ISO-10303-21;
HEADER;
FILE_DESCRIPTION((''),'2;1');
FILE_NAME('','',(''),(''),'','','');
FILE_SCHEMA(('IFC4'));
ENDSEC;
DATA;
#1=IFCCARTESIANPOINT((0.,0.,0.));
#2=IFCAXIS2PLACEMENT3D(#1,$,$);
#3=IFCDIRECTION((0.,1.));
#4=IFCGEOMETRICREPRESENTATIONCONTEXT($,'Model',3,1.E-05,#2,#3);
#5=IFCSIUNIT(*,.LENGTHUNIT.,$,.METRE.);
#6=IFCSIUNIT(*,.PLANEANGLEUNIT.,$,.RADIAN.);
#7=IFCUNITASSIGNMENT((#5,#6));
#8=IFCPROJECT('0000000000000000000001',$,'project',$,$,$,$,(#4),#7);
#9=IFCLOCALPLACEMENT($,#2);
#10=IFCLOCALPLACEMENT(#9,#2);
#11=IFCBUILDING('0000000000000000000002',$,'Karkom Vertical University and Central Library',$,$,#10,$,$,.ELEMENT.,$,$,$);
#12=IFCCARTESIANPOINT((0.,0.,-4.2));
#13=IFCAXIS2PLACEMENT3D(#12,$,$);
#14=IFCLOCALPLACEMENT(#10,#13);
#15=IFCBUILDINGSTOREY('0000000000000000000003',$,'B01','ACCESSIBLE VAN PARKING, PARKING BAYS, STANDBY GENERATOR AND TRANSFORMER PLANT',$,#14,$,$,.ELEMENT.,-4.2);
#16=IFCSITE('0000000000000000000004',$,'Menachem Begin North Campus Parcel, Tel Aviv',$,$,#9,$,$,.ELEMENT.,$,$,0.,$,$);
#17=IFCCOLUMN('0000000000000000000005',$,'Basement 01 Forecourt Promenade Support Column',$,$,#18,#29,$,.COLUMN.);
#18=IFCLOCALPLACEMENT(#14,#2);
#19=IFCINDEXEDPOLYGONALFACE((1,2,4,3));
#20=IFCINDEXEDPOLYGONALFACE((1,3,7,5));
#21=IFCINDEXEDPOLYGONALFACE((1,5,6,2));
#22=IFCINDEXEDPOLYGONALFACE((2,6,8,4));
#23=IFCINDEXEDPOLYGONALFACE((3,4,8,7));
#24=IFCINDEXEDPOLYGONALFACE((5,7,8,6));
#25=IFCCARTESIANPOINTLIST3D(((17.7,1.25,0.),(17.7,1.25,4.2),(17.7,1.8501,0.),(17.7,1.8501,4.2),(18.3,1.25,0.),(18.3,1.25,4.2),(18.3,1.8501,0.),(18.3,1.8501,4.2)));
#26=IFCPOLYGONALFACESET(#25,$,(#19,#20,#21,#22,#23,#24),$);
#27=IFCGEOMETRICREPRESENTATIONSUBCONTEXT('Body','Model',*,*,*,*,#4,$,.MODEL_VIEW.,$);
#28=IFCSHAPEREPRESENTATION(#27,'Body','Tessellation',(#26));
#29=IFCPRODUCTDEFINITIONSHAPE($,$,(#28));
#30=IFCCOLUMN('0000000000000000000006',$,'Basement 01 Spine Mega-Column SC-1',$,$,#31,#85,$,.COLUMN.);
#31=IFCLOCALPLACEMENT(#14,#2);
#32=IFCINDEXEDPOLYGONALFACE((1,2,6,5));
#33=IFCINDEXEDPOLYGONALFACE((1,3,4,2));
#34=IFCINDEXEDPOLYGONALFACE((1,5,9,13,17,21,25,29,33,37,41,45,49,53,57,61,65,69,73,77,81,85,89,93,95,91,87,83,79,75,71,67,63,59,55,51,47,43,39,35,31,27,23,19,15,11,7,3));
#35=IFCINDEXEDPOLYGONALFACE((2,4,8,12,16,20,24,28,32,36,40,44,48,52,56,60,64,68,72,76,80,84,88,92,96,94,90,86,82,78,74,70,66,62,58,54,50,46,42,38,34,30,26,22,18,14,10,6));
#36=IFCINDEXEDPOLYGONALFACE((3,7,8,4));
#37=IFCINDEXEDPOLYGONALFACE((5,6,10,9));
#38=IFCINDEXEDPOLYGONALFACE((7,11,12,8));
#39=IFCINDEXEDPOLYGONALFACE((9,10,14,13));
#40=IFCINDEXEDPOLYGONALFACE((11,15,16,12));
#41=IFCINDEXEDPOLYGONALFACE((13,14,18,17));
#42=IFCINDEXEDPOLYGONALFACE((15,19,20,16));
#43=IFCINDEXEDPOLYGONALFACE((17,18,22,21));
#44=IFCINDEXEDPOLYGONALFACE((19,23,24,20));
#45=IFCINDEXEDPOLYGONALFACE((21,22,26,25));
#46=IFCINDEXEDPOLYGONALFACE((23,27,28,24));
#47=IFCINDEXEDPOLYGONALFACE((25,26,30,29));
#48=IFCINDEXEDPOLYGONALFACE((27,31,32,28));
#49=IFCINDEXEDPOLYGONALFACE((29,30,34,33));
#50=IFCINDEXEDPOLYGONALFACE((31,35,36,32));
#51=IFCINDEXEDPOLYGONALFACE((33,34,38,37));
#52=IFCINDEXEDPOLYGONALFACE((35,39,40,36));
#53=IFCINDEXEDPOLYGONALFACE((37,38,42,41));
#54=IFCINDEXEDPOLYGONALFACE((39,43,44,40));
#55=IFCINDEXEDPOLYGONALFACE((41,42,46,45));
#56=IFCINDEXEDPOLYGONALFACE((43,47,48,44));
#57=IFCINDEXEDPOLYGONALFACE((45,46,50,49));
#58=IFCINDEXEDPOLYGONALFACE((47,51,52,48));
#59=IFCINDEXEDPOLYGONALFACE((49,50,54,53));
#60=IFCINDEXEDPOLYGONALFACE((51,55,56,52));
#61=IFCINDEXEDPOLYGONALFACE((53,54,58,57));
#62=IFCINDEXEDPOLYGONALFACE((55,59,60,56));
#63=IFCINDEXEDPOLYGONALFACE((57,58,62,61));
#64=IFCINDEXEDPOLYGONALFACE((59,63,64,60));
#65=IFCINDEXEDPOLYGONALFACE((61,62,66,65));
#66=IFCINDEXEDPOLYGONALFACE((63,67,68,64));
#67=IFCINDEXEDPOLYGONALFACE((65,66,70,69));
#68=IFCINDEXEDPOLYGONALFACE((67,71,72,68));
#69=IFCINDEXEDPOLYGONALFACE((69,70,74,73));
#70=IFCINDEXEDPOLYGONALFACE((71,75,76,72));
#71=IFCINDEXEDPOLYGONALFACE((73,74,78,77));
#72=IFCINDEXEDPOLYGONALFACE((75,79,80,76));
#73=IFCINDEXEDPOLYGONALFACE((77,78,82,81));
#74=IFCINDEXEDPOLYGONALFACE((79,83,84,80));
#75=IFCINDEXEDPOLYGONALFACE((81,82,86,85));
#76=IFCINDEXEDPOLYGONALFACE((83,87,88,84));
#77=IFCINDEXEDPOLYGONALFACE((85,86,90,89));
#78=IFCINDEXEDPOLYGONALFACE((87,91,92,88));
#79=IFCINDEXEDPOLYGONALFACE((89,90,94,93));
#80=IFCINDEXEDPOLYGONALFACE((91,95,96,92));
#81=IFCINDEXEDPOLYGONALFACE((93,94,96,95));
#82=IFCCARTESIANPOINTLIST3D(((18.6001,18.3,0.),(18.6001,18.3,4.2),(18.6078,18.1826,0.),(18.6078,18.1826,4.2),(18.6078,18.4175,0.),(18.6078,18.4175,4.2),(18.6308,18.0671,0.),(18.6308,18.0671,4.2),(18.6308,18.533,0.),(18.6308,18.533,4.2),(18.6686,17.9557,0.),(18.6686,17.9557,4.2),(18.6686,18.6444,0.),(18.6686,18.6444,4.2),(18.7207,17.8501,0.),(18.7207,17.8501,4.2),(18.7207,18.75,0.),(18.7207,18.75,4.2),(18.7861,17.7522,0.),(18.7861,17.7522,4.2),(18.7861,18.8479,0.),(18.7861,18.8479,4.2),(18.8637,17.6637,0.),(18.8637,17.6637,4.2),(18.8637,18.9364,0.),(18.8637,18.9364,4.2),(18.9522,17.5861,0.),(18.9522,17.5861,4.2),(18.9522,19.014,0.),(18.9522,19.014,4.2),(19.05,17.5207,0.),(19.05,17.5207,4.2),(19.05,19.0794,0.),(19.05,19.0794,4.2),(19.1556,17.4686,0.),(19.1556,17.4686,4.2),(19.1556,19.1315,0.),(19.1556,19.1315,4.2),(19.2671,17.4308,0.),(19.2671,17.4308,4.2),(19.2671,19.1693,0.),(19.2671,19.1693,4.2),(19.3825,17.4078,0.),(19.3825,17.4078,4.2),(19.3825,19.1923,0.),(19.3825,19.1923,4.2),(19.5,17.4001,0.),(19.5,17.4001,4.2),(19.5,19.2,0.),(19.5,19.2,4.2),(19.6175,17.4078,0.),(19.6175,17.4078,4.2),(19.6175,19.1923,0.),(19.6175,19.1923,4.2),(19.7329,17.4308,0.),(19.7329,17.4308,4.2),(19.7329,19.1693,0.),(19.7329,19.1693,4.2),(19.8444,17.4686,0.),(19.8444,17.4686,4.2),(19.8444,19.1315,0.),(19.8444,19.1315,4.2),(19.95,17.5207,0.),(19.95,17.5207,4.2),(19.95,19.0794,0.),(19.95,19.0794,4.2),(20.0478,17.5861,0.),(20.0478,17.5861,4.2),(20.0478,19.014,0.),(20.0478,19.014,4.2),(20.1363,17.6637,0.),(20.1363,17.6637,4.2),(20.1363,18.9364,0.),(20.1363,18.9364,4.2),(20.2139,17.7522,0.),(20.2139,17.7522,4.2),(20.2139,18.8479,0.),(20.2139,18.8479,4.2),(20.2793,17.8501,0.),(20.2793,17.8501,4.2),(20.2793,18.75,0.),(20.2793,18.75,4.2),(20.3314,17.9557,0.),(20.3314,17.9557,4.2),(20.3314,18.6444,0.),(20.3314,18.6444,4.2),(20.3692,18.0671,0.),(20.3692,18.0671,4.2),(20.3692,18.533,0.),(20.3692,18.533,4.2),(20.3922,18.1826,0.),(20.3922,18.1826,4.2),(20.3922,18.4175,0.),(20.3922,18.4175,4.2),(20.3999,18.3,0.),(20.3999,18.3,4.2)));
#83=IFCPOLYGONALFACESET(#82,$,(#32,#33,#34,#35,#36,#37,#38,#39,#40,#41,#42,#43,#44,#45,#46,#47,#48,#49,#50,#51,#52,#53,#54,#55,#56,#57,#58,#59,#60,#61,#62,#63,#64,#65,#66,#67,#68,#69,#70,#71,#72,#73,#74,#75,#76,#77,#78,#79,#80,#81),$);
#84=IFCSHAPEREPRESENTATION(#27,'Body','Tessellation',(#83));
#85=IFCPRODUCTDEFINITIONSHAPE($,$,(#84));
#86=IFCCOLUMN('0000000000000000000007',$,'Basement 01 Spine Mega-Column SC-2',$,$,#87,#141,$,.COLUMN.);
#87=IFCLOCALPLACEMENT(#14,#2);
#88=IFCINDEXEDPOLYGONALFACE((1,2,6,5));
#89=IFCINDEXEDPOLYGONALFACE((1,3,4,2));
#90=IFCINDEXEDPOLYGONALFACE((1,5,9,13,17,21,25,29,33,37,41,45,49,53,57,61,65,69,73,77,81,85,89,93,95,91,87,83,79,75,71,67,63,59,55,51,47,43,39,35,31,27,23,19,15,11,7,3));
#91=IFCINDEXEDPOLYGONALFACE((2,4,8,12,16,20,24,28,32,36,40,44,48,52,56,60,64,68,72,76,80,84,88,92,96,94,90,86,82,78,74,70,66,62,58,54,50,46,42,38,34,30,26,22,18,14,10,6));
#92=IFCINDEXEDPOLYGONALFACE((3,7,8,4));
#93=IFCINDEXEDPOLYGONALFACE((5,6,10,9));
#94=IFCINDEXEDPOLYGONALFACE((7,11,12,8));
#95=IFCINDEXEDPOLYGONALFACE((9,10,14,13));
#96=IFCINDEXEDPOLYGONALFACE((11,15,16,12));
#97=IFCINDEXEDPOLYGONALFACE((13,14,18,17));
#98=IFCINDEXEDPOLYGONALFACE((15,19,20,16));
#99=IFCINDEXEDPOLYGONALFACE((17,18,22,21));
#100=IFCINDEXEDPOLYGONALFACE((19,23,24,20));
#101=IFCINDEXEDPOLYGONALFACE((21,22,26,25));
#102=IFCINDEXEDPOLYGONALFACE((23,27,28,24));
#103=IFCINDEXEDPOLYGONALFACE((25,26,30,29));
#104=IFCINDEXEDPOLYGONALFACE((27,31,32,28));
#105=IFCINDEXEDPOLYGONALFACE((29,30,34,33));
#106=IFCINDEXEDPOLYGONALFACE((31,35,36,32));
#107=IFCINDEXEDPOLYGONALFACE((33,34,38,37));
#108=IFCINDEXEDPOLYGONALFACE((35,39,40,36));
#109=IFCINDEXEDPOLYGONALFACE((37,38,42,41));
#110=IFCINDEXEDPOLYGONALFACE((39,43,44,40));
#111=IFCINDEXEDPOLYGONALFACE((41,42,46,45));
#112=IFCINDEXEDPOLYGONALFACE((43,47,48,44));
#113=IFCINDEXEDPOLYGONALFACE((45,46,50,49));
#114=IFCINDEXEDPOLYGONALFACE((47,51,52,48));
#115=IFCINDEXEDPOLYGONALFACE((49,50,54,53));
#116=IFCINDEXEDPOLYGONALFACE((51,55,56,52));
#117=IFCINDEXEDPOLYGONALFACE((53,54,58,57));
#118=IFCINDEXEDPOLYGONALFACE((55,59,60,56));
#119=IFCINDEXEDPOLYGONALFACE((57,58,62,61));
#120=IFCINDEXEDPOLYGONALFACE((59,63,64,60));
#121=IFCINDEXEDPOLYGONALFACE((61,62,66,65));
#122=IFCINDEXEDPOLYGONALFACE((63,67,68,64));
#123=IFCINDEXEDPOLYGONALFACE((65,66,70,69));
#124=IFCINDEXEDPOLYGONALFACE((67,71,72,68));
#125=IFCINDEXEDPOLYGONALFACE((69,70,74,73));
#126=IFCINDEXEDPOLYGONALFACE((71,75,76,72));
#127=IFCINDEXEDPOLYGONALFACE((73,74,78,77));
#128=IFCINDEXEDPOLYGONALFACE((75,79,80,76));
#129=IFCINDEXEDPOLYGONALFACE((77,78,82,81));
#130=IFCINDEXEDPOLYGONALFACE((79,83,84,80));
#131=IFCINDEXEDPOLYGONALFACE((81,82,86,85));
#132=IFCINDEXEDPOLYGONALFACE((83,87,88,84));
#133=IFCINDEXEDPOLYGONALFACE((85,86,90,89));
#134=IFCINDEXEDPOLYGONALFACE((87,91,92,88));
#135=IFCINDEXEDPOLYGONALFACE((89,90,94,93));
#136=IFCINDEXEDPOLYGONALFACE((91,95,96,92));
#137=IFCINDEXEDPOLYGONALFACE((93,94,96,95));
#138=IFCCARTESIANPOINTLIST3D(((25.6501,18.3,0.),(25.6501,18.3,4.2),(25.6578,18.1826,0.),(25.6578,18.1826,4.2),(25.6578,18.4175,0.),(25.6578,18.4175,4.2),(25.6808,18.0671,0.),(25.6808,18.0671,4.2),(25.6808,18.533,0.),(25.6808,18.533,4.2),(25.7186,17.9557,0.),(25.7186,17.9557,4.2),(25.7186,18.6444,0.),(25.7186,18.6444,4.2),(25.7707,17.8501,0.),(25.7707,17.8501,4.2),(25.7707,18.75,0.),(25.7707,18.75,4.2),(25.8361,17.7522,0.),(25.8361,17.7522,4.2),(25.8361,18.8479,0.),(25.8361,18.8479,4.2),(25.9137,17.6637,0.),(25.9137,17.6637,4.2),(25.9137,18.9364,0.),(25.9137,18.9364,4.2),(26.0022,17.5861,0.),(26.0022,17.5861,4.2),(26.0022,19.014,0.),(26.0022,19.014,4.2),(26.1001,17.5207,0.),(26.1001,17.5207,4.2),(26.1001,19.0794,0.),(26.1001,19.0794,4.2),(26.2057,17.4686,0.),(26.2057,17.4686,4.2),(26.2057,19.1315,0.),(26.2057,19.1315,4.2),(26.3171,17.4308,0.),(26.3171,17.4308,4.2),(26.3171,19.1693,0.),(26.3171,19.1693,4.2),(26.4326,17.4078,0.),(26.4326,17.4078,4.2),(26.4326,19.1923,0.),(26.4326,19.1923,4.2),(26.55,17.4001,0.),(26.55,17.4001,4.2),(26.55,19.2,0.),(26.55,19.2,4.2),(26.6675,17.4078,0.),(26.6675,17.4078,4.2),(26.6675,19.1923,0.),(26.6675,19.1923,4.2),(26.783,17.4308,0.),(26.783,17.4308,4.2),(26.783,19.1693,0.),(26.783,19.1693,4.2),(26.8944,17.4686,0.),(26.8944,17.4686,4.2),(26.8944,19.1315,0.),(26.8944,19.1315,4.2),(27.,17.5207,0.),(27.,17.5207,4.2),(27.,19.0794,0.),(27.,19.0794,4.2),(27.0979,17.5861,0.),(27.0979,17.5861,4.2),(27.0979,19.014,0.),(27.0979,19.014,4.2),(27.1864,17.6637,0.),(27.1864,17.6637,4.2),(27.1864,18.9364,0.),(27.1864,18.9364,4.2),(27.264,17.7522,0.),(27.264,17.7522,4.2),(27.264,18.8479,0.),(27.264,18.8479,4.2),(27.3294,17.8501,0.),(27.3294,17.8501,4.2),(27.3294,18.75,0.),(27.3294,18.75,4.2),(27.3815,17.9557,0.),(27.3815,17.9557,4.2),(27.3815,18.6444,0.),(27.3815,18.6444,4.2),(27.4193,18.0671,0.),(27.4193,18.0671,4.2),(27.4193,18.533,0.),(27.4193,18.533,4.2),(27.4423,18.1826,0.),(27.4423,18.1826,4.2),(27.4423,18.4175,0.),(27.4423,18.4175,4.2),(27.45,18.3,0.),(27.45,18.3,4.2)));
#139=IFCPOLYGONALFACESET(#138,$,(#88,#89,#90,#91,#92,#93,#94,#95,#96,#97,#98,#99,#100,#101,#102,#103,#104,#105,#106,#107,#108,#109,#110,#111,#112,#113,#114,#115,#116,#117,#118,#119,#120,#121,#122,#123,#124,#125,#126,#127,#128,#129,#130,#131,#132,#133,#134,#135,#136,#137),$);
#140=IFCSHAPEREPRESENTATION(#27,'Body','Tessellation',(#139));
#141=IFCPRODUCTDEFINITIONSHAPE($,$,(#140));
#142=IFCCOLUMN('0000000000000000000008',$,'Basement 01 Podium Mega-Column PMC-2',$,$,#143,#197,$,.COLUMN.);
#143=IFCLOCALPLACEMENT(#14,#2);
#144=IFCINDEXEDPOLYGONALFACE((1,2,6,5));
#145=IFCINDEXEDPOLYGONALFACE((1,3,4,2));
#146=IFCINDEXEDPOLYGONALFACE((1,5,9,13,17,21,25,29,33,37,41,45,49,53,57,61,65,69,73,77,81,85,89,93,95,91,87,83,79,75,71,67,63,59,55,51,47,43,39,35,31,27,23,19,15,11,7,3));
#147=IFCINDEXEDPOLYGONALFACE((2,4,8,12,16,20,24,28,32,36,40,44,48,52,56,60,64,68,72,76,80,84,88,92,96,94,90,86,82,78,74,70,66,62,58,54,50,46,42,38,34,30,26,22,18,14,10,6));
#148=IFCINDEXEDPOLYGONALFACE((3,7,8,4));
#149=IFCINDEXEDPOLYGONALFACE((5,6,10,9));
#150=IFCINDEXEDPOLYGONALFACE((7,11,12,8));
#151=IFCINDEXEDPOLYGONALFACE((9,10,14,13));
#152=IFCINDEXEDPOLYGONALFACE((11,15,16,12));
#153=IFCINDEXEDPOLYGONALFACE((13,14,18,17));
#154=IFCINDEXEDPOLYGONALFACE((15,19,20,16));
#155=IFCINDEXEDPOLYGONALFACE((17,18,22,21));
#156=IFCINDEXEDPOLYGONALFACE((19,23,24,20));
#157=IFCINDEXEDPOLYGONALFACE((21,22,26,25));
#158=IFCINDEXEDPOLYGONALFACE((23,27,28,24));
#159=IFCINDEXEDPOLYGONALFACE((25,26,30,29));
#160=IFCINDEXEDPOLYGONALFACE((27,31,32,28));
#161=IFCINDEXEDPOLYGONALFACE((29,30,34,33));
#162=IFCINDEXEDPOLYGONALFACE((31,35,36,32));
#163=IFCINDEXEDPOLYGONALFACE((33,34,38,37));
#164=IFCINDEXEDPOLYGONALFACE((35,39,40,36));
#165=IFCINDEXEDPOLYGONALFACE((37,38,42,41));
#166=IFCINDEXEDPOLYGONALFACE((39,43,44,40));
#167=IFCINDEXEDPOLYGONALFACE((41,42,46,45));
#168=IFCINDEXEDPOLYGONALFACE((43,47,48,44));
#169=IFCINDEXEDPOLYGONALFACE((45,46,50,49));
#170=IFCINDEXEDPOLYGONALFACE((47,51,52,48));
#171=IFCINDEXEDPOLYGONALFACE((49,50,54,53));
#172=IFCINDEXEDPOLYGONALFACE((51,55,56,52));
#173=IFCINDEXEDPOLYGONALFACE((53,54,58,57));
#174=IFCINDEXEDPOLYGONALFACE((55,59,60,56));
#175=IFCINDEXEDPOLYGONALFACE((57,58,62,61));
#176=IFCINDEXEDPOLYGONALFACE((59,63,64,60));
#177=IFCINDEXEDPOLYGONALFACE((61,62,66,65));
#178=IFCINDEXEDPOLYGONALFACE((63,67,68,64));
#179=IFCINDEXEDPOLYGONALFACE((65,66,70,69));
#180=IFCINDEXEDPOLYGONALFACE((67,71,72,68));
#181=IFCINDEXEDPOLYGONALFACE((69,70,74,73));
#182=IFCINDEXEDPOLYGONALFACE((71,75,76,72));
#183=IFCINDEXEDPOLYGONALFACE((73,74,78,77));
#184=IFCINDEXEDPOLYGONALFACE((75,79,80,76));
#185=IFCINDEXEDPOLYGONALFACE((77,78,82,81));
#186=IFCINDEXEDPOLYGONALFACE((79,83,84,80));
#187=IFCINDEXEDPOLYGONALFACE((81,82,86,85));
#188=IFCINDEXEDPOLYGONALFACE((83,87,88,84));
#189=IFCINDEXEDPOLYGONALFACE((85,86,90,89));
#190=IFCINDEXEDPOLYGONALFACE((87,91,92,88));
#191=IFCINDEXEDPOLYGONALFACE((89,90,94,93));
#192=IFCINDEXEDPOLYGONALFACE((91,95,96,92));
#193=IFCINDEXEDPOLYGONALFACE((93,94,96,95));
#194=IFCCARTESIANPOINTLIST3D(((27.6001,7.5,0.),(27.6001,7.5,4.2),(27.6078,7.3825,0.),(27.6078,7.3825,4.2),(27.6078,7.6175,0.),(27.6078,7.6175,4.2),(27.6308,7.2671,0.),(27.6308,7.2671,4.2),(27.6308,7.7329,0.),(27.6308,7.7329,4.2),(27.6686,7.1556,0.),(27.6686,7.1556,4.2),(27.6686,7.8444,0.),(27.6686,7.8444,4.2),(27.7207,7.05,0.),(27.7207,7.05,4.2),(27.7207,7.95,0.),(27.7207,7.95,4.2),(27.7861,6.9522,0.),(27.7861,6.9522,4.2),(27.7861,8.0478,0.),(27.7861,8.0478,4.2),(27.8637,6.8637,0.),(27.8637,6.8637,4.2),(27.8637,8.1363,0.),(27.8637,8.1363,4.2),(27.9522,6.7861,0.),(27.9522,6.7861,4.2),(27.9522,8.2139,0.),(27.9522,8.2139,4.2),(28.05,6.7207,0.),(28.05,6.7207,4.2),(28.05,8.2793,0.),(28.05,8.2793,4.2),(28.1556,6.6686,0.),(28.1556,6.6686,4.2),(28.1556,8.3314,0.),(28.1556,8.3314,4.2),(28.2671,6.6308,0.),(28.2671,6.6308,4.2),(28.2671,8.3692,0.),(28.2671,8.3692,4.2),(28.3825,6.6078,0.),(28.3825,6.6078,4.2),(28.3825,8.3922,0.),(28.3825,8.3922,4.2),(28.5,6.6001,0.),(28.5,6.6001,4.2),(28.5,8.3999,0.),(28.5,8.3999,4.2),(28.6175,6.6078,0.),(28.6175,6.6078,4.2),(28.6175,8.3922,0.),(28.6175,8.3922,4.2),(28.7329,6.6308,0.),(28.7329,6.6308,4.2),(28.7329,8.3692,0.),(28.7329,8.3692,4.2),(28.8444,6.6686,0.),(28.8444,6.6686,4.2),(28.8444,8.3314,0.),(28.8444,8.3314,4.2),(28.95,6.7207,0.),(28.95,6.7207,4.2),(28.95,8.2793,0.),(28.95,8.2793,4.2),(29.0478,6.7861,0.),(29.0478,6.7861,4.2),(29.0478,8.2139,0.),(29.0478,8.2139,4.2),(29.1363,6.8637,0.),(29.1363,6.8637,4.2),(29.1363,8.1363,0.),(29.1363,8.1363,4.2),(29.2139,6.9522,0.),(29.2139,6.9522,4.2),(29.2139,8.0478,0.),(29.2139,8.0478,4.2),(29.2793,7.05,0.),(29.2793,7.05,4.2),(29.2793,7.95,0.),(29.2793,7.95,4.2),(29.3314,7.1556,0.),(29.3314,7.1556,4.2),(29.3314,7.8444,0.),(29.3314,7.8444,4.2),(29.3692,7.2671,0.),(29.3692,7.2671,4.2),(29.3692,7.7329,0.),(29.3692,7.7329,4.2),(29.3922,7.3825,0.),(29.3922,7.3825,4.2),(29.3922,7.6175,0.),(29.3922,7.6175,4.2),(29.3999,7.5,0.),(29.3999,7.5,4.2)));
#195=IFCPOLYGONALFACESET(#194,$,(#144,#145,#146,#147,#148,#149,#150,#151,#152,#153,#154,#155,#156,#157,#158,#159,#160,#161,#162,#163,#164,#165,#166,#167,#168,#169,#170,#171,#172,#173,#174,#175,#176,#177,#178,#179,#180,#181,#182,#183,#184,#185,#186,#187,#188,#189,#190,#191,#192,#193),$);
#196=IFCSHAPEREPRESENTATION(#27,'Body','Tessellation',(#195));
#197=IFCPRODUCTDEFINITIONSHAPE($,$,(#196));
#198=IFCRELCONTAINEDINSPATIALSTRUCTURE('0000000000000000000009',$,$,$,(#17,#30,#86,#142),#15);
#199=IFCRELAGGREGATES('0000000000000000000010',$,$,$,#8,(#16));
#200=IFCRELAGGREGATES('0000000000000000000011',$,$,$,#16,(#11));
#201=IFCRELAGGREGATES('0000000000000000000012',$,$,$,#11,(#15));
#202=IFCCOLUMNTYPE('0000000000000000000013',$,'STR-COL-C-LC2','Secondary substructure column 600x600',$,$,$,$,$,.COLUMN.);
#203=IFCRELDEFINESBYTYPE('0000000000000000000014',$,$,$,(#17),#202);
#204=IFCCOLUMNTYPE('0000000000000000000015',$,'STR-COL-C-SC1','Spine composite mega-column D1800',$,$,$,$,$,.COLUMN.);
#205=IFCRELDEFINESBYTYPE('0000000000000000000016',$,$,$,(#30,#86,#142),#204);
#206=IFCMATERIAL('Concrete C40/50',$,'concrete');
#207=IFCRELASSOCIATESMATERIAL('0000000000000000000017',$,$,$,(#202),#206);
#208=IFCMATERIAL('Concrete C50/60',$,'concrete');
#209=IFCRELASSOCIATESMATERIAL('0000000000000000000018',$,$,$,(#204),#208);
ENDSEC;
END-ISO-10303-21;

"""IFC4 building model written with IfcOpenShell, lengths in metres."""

from ifc_helpers import new_model, si_unit, direction, frame, origin, origin_with_axes, origin_2d, place, context, subcontext, project, spatial, rectangle, circle, extrude, source, transform, mapped, material, material_profile, profile_set, type_object, element, save


model = new_model("IFC4")

# Units and contexts
model_context = context("Model", 3, precision=1e-05, world=origin(), true_north=direction((0.0, 1.0)))
body_context = subcontext(model_context, "Body", "Model", "MODEL_VIEW")
ifc_project = project(units=[si_unit("LENGTHUNIT", "METRE"), si_unit("PLANEANGLEUNIT", "RADIAN")], contexts=[model_context])

# Site, building, storey
site_placement = place(None, origin())
site = spatial("IfcSite", under=ifc_project, at=site_placement, Name="Menachem Begin North Campus Parcel, Tel Aviv", CompositionType="ELEMENT", RefElevation=0.0)
building_placement = place(site_placement, origin())
building = spatial("IfcBuilding", under=site, at=building_placement, Name="Karkom Vertical University and Central Library", CompositionType="ELEMENT")
storey_placement = place(building_placement, frame((0.0, 0.0, -4.2)))
storey = spatial("IfcBuildingStorey", under=building, at=storey_placement, Name="B01", Description="ACCESSIBLE VAN PARKING, PARKING BAYS, STANDBY GENERATOR AND TRANSFORMER PLANT", CompositionType="ELEMENT", Elevation=-4.2)

# Columns
ifc_material_1 = material(Name="Concrete C40/50", Category="concrete")
ifc_material_profile_1 = material_profile(ifc_material_1, rectangle(XDim=0.6001, YDim=0.6001, at=origin_2d()), Name="RC-600x600")
ifc_profile_set_1 = profile_set([ifc_material_profile_1], Name="Concrete C40/50")
column_type_1 = type_object("IfcColumnType", Name="STR-COL-C-LC2", Description="Secondary substructure column 600x600", PredefinedType="COLUMN", material=ifc_profile_set_1)
shared_shape_1 = source(origin_with_axes(), body_context, "Body", "SweptSolid", [
    extrude(rectangle(XDim=0.6001, YDim=0.6001, at=origin_2d()), origin(), (0.0, 0.0, 1.0), 4.2),
])
column_placement = place(storey_placement, frame((18.0, 1.55, 0.0), z_axis=(0.0, 0.0, 1.0), x_axis=(1.0, 0.0, 0.0)))
element("IfcColumn", 1, at=column_placement, inside=storey, type_object=column_type_1, Name="Basement 01 Forecourt Promenade Support Column", PredefinedType="COLUMN", context=body_context, shape_type="MappedRepresentation", body=[
    mapped(shared_shape_1, transform((0.0, 0.0, 0.0), scale=1.0)),
])
ifc_material_2 = material(Name="Concrete C50/60", Category="concrete")
ifc_material_profile_2 = material_profile(ifc_material_2, circle(Radius=0.8999, at=origin_2d()), Name="CFT-D1800")
ifc_profile_set_2 = profile_set([ifc_material_profile_2], Name="Concrete C50/60")
column_type_2 = type_object("IfcColumnType", Name="STR-COL-C-SC1", Description="Spine composite mega-column D1800", PredefinedType="COLUMN", material=ifc_profile_set_2)
shared_shape_2 = source(origin_with_axes(), body_context, "Body", "SweptSolid", [
    extrude(circle(Radius=0.8999, at=origin_2d()), origin(), (0.0, 0.0, 1.0), 4.2),
])
for number, where, z_axis, x_axis, name in (
    (2, (19.5, 18.3, 0.0), (0.0, 0.0, 1.0), (1.0, 0.0, 0.0), "Basement 01 Spine Mega-Column SC-1"),
    (3, (26.55, 18.3, 0.0), (0.0, 0.0, 1.0), (1.0, 0.0, 0.0), "Basement 01 Spine Mega-Column SC-2"),
    (4, (28.5, 7.5, 0.0), (0.0, 0.0, 1.0), (1.0, 0.0, 0.0), "Basement 01 Podium Mega-Column PMC-2"),
):
    element("IfcColumn", number, at=place(storey_placement, frame(where, z_axis=z_axis, x_axis=x_axis)), inside=storey, type_object=column_type_2, Name=name, PredefinedType="COLUMN", context=body_context, shape_type="MappedRepresentation", body=[
        mapped(shared_shape_2, transform((0.0, 0.0, 0.0), scale=1.0)),
    ])

save(model, "model.ifc")
